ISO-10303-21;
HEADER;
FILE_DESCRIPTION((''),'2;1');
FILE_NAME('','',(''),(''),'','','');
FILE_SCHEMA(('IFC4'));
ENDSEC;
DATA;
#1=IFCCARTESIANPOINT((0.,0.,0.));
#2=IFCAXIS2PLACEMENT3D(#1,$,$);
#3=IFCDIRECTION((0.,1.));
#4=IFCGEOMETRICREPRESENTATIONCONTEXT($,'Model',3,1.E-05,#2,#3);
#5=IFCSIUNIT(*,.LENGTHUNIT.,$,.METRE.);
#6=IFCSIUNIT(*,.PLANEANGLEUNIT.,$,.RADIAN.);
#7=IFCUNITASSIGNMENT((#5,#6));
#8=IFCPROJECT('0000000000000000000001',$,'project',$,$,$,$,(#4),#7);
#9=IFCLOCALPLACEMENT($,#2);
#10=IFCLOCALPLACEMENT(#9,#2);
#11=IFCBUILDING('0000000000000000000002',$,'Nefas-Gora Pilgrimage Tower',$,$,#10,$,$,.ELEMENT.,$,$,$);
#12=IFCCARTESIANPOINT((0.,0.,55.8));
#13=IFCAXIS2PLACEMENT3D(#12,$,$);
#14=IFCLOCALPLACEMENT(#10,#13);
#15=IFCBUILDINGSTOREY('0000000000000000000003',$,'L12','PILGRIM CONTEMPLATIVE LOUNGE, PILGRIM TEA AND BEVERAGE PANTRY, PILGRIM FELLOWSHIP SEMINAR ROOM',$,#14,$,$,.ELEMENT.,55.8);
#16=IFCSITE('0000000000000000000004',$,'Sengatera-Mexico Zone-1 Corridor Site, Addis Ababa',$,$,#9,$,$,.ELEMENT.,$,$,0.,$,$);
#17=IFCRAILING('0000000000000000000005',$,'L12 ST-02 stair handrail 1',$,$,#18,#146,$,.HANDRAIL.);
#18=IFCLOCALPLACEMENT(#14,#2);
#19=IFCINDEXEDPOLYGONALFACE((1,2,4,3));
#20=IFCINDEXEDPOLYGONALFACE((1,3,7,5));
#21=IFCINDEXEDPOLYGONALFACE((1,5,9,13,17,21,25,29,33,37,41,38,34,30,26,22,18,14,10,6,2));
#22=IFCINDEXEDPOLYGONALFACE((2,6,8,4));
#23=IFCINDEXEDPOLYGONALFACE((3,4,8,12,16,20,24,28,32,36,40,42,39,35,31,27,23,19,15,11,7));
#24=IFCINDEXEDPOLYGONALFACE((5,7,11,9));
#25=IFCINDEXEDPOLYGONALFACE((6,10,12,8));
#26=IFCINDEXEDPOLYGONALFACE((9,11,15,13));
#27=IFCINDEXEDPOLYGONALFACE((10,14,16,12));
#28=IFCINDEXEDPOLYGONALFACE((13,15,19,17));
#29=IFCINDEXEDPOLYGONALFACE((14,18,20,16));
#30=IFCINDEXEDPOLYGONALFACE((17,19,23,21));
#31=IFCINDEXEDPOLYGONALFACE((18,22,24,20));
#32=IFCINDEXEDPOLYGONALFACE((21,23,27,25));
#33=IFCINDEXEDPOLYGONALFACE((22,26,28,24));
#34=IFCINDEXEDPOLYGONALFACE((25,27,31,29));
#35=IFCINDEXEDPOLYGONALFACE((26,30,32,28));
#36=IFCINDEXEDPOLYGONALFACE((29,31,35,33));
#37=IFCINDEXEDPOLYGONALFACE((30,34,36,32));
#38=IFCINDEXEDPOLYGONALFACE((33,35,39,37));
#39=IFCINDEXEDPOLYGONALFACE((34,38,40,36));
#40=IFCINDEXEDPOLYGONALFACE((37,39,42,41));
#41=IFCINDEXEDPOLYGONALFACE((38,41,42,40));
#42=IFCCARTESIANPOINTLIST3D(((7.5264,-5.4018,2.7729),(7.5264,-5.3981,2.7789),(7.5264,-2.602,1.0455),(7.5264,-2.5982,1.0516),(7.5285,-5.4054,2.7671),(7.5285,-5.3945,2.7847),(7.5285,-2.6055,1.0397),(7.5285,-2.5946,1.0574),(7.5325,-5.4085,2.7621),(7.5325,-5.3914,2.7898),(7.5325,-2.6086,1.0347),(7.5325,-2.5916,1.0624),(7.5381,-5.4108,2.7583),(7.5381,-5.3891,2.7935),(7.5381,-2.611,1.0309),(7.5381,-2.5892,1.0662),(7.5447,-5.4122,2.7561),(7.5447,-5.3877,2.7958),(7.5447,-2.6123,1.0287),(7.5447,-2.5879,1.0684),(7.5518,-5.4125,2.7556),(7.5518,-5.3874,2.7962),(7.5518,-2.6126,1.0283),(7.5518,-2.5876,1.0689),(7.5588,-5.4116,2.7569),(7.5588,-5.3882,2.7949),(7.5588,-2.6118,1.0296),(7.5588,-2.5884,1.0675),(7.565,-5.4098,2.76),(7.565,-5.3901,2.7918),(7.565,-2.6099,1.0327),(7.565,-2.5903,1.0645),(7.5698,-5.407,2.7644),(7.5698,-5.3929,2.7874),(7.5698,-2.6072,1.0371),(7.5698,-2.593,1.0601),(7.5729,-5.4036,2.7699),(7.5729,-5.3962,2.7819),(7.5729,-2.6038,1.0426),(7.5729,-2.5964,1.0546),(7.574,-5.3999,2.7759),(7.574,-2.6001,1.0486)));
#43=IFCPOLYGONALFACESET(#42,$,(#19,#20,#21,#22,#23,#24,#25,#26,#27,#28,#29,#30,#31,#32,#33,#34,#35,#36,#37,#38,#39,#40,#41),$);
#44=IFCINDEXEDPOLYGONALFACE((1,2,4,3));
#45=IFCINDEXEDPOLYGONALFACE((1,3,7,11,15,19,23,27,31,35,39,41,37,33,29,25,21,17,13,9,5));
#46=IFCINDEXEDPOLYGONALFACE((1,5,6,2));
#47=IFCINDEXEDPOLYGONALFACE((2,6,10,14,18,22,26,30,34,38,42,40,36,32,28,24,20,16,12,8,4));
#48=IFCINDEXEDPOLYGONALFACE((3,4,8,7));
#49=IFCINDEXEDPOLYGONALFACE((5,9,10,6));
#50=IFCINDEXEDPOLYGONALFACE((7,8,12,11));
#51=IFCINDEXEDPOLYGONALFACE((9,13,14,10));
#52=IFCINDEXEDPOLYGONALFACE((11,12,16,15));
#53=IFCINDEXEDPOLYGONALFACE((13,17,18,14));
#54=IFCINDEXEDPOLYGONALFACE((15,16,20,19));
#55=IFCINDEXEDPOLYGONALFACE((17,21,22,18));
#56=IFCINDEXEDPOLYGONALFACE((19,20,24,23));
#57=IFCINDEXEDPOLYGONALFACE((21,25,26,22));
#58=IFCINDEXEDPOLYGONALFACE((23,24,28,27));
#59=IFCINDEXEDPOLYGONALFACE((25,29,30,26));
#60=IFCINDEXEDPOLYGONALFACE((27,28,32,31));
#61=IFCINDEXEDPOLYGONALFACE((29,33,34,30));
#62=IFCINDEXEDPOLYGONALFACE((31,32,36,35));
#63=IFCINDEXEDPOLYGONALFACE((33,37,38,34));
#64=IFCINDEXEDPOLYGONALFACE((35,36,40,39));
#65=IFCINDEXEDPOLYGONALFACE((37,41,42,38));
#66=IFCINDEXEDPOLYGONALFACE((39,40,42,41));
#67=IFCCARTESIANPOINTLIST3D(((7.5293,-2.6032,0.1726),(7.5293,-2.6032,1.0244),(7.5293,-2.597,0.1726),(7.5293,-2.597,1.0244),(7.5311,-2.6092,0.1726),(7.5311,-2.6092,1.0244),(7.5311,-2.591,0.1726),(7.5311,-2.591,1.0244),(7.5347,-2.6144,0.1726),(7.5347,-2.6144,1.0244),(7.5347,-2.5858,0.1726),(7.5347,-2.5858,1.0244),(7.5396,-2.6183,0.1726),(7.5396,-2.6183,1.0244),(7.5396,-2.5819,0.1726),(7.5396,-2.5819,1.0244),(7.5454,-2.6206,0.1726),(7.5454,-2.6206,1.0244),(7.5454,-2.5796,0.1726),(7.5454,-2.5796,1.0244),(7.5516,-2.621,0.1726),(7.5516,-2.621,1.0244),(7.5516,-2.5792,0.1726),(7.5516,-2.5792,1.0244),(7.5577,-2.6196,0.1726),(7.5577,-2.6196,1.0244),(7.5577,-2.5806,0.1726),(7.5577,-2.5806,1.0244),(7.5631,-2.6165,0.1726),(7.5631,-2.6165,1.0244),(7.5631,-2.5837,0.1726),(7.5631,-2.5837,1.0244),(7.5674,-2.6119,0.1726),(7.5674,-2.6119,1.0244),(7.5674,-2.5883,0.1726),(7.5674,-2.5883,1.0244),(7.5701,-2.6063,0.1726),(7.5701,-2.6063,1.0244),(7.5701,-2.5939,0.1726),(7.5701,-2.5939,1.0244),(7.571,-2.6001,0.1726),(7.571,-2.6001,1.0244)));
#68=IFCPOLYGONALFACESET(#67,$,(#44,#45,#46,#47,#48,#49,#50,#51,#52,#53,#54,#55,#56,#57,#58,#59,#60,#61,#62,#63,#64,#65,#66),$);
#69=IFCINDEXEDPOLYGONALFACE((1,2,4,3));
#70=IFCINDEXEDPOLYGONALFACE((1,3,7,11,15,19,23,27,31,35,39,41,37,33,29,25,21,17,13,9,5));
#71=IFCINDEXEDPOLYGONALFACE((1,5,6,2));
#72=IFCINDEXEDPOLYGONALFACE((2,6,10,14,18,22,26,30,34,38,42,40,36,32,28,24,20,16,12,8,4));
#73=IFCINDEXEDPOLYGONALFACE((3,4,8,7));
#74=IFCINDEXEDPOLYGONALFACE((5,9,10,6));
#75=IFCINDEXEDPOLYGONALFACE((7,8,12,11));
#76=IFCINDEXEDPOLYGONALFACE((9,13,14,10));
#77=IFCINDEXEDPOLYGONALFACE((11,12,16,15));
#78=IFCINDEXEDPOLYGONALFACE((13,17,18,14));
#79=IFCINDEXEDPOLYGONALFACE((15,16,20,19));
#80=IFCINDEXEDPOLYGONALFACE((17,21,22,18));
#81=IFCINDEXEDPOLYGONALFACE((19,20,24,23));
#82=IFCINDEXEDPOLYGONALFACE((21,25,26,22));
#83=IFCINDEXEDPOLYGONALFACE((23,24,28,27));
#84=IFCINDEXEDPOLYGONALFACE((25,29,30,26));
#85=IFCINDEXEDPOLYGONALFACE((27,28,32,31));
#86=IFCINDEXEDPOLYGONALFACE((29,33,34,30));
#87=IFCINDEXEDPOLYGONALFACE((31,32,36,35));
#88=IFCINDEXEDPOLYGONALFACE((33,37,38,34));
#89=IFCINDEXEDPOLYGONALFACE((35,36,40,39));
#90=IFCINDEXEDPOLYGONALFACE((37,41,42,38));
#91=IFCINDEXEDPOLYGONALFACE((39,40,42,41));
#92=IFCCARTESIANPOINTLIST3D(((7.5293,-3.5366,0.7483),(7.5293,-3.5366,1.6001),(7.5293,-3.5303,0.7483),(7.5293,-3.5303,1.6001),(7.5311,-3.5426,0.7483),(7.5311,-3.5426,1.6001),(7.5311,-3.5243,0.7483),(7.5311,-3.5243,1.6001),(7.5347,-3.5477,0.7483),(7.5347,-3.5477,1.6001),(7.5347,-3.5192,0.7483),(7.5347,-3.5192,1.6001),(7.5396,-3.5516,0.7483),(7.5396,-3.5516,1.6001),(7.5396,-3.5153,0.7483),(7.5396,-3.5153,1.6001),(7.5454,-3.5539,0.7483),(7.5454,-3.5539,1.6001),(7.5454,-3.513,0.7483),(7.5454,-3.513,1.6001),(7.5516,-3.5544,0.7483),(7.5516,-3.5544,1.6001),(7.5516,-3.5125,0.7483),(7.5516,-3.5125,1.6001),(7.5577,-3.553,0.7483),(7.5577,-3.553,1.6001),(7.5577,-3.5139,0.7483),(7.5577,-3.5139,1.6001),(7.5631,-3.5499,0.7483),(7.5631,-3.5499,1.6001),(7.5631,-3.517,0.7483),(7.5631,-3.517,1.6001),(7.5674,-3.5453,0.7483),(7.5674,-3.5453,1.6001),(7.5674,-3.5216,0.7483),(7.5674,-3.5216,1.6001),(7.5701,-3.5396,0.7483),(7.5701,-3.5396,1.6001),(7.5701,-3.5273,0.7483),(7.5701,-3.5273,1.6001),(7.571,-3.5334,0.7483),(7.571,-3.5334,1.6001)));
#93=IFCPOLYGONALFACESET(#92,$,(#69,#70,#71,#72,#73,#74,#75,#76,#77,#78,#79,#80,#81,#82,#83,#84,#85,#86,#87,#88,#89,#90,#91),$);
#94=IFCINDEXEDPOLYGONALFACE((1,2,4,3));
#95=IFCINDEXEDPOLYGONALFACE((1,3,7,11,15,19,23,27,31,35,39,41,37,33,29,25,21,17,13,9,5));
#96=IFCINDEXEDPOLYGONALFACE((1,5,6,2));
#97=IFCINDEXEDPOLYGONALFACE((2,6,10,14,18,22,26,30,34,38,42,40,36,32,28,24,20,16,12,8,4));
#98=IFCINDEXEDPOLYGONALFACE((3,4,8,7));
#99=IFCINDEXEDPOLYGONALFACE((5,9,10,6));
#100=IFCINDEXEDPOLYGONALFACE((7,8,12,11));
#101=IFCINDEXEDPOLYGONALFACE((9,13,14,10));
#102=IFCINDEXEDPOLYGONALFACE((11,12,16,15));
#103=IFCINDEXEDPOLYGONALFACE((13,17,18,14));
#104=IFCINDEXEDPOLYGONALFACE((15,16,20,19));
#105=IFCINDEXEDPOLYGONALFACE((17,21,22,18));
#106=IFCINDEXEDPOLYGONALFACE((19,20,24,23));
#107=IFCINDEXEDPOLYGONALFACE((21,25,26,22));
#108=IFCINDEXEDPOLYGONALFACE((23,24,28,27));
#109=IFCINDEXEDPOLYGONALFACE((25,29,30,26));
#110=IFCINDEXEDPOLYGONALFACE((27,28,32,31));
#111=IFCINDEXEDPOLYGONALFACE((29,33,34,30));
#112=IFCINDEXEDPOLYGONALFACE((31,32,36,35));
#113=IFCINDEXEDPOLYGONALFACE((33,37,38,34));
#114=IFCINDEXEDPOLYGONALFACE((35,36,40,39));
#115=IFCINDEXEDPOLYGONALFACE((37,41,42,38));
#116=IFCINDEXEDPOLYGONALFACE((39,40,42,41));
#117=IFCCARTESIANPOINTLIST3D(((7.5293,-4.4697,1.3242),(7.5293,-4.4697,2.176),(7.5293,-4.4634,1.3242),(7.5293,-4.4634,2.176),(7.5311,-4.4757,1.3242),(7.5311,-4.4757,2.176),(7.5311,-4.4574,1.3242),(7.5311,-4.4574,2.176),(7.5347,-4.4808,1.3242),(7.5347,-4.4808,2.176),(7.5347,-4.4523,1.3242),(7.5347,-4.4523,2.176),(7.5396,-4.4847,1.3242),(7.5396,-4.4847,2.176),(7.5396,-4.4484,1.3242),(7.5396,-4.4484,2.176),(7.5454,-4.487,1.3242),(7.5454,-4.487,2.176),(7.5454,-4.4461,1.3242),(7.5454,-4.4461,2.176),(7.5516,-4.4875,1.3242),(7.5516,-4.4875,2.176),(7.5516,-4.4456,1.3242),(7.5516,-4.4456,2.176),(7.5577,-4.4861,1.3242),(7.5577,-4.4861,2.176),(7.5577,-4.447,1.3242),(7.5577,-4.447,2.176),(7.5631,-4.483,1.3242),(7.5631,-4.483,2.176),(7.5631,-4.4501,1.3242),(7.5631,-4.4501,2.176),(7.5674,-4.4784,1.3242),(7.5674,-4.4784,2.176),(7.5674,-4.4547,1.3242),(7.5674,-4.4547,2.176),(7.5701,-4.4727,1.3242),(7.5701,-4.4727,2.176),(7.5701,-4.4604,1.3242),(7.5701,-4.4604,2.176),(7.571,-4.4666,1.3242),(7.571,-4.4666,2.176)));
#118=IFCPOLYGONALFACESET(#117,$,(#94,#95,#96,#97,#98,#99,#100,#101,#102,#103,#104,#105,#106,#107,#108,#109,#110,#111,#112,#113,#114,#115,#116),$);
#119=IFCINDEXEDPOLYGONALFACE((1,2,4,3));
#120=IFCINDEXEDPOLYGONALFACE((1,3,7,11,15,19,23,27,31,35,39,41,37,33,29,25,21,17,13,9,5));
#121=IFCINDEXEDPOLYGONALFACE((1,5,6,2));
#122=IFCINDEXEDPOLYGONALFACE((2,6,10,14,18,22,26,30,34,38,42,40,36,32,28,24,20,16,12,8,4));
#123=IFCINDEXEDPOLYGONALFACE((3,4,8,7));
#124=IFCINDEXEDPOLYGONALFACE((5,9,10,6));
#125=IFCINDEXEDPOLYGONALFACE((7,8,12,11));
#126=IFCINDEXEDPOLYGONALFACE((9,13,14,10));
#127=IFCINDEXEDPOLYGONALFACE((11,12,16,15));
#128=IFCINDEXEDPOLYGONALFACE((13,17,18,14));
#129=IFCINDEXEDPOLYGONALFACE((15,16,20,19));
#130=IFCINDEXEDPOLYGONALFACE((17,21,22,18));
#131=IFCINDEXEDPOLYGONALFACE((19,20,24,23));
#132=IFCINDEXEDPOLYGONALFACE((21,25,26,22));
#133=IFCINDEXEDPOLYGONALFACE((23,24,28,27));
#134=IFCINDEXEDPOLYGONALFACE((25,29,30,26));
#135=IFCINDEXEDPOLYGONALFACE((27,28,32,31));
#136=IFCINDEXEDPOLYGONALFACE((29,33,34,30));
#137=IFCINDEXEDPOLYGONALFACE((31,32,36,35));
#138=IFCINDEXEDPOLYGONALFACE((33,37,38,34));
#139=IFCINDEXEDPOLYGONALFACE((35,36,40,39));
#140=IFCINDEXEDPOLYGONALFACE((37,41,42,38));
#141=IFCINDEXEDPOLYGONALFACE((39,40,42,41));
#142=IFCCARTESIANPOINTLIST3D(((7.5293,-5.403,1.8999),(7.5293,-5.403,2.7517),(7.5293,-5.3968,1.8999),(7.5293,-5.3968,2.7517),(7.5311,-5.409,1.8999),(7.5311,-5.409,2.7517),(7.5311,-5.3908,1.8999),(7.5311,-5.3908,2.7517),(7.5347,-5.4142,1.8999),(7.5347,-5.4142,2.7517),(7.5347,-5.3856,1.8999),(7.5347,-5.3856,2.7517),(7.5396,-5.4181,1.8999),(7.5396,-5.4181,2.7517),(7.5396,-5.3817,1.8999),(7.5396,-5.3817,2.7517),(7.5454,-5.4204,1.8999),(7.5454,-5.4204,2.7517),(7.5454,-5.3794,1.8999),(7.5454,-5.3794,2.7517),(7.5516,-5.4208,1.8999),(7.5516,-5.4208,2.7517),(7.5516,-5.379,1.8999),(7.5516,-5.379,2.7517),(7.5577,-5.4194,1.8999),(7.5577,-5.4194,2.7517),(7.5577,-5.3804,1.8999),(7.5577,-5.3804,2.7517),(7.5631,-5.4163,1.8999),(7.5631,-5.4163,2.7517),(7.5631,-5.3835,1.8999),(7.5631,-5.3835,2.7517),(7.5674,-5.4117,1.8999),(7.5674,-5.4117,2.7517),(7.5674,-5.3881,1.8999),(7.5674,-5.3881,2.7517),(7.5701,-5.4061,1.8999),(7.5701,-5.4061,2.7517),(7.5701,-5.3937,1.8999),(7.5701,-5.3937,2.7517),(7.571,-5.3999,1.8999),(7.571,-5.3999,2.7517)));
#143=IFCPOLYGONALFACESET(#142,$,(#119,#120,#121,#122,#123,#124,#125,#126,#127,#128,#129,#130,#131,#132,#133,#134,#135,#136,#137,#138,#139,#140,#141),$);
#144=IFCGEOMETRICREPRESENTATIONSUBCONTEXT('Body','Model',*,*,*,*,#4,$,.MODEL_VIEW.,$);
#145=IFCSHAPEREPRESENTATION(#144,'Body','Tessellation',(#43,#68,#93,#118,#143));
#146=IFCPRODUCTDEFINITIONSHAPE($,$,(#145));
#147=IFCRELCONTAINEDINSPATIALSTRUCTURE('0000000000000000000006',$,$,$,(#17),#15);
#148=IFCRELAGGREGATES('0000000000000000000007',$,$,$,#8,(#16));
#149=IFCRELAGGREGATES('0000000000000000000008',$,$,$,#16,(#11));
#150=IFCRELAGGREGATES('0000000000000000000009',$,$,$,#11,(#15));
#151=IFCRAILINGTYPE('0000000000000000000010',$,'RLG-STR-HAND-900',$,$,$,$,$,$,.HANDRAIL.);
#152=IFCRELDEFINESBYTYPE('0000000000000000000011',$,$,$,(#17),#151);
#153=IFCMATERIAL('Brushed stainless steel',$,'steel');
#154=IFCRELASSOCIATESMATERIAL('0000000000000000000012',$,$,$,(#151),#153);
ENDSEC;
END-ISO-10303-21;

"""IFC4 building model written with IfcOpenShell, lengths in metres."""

from ifc_helpers import new_model, si_unit, direction, frame, origin, origin_2d, place, context, subcontext, project, spatial, circle, extrude, material, type_object, element, save


model = new_model("IFC4")

# Units and contexts
model_context = context("Model", 3, precision=1e-05, world=origin(), true_north=direction((0.0, 1.0)))
body_context = subcontext(model_context, "Body", "Model", "MODEL_VIEW")
ifc_project = project(units=[si_unit("LENGTHUNIT", "METRE"), si_unit("PLANEANGLEUNIT", "RADIAN")], contexts=[model_context])

# Site, building, storey
site_placement = place(None, origin())
site = spatial("IfcSite", under=ifc_project, at=site_placement, Name="Sengatera-Mexico Zone-1 Corridor Site, Addis Ababa", CompositionType="ELEMENT", RefElevation=0.0)
building_placement = place(site_placement, origin())
building = spatial("IfcBuilding", under=site, at=building_placement, Name="Nefas-Gora Pilgrimage Tower", CompositionType="ELEMENT")
storey_placement = place(building_placement, frame((0.0, 0.0, 55.8)))
storey = spatial("IfcBuildingStorey", under=building, at=storey_placement, Name="L12", Description="PILGRIM CONTEMPLATIVE LOUNGE, PILGRIM TEA AND BEVERAGE PANTRY, PILGRIM FELLOWSHIP SEMINAR ROOM", CompositionType="ELEMENT", Elevation=55.8)

# Railing
ifc_material_1 = material(Name="Brushed stainless steel", Category="steel")
railing_type_1 = type_object("IfcRailingType", Name="RLG-STR-HAND-900", PredefinedType="HANDRAIL", material=ifc_material_1)
railing_1_placement = place(storey_placement, frame((7.55, -2.6001, 0.1726)))
element("IfcRailing", 1, at=railing_1_placement, inside=storey, type_object=railing_type_1, Name="L12 ST-02 stair handrail 1", PredefinedType="HANDRAIL", context=body_context, shape_type="SweptSolid", body=[
    extrude(circle(Radius=0.0239, at=origin_2d()), frame((0.0, 0.0, 0.876), z_axis=(0.0, -0.851069, 0.525054), x_axis=(1.0, 0.0, 0.0)), (0.0, 0.0, 1.0), 3.2898),
    extrude(circle(Radius=0.021, at=origin_2d()), origin(), (0.0, 0.0, 1.0), 0.8518),
    extrude(circle(Radius=0.021, at=origin_2d()), frame((0.0, -0.9333, 0.5757)), (0.0, 0.0, 1.0), 0.8518),
    extrude(circle(Radius=0.021, at=origin_2d()), frame((0.0, -1.8665, 1.1516)), (0.0, 0.0, 1.0), 0.8518),
    extrude(circle(Radius=0.021, at=origin_2d()), frame((0.0, -2.7998, 1.7273)), (0.0, 0.0, 1.0), 0.8518),
])

save(model, "model.ifc")
